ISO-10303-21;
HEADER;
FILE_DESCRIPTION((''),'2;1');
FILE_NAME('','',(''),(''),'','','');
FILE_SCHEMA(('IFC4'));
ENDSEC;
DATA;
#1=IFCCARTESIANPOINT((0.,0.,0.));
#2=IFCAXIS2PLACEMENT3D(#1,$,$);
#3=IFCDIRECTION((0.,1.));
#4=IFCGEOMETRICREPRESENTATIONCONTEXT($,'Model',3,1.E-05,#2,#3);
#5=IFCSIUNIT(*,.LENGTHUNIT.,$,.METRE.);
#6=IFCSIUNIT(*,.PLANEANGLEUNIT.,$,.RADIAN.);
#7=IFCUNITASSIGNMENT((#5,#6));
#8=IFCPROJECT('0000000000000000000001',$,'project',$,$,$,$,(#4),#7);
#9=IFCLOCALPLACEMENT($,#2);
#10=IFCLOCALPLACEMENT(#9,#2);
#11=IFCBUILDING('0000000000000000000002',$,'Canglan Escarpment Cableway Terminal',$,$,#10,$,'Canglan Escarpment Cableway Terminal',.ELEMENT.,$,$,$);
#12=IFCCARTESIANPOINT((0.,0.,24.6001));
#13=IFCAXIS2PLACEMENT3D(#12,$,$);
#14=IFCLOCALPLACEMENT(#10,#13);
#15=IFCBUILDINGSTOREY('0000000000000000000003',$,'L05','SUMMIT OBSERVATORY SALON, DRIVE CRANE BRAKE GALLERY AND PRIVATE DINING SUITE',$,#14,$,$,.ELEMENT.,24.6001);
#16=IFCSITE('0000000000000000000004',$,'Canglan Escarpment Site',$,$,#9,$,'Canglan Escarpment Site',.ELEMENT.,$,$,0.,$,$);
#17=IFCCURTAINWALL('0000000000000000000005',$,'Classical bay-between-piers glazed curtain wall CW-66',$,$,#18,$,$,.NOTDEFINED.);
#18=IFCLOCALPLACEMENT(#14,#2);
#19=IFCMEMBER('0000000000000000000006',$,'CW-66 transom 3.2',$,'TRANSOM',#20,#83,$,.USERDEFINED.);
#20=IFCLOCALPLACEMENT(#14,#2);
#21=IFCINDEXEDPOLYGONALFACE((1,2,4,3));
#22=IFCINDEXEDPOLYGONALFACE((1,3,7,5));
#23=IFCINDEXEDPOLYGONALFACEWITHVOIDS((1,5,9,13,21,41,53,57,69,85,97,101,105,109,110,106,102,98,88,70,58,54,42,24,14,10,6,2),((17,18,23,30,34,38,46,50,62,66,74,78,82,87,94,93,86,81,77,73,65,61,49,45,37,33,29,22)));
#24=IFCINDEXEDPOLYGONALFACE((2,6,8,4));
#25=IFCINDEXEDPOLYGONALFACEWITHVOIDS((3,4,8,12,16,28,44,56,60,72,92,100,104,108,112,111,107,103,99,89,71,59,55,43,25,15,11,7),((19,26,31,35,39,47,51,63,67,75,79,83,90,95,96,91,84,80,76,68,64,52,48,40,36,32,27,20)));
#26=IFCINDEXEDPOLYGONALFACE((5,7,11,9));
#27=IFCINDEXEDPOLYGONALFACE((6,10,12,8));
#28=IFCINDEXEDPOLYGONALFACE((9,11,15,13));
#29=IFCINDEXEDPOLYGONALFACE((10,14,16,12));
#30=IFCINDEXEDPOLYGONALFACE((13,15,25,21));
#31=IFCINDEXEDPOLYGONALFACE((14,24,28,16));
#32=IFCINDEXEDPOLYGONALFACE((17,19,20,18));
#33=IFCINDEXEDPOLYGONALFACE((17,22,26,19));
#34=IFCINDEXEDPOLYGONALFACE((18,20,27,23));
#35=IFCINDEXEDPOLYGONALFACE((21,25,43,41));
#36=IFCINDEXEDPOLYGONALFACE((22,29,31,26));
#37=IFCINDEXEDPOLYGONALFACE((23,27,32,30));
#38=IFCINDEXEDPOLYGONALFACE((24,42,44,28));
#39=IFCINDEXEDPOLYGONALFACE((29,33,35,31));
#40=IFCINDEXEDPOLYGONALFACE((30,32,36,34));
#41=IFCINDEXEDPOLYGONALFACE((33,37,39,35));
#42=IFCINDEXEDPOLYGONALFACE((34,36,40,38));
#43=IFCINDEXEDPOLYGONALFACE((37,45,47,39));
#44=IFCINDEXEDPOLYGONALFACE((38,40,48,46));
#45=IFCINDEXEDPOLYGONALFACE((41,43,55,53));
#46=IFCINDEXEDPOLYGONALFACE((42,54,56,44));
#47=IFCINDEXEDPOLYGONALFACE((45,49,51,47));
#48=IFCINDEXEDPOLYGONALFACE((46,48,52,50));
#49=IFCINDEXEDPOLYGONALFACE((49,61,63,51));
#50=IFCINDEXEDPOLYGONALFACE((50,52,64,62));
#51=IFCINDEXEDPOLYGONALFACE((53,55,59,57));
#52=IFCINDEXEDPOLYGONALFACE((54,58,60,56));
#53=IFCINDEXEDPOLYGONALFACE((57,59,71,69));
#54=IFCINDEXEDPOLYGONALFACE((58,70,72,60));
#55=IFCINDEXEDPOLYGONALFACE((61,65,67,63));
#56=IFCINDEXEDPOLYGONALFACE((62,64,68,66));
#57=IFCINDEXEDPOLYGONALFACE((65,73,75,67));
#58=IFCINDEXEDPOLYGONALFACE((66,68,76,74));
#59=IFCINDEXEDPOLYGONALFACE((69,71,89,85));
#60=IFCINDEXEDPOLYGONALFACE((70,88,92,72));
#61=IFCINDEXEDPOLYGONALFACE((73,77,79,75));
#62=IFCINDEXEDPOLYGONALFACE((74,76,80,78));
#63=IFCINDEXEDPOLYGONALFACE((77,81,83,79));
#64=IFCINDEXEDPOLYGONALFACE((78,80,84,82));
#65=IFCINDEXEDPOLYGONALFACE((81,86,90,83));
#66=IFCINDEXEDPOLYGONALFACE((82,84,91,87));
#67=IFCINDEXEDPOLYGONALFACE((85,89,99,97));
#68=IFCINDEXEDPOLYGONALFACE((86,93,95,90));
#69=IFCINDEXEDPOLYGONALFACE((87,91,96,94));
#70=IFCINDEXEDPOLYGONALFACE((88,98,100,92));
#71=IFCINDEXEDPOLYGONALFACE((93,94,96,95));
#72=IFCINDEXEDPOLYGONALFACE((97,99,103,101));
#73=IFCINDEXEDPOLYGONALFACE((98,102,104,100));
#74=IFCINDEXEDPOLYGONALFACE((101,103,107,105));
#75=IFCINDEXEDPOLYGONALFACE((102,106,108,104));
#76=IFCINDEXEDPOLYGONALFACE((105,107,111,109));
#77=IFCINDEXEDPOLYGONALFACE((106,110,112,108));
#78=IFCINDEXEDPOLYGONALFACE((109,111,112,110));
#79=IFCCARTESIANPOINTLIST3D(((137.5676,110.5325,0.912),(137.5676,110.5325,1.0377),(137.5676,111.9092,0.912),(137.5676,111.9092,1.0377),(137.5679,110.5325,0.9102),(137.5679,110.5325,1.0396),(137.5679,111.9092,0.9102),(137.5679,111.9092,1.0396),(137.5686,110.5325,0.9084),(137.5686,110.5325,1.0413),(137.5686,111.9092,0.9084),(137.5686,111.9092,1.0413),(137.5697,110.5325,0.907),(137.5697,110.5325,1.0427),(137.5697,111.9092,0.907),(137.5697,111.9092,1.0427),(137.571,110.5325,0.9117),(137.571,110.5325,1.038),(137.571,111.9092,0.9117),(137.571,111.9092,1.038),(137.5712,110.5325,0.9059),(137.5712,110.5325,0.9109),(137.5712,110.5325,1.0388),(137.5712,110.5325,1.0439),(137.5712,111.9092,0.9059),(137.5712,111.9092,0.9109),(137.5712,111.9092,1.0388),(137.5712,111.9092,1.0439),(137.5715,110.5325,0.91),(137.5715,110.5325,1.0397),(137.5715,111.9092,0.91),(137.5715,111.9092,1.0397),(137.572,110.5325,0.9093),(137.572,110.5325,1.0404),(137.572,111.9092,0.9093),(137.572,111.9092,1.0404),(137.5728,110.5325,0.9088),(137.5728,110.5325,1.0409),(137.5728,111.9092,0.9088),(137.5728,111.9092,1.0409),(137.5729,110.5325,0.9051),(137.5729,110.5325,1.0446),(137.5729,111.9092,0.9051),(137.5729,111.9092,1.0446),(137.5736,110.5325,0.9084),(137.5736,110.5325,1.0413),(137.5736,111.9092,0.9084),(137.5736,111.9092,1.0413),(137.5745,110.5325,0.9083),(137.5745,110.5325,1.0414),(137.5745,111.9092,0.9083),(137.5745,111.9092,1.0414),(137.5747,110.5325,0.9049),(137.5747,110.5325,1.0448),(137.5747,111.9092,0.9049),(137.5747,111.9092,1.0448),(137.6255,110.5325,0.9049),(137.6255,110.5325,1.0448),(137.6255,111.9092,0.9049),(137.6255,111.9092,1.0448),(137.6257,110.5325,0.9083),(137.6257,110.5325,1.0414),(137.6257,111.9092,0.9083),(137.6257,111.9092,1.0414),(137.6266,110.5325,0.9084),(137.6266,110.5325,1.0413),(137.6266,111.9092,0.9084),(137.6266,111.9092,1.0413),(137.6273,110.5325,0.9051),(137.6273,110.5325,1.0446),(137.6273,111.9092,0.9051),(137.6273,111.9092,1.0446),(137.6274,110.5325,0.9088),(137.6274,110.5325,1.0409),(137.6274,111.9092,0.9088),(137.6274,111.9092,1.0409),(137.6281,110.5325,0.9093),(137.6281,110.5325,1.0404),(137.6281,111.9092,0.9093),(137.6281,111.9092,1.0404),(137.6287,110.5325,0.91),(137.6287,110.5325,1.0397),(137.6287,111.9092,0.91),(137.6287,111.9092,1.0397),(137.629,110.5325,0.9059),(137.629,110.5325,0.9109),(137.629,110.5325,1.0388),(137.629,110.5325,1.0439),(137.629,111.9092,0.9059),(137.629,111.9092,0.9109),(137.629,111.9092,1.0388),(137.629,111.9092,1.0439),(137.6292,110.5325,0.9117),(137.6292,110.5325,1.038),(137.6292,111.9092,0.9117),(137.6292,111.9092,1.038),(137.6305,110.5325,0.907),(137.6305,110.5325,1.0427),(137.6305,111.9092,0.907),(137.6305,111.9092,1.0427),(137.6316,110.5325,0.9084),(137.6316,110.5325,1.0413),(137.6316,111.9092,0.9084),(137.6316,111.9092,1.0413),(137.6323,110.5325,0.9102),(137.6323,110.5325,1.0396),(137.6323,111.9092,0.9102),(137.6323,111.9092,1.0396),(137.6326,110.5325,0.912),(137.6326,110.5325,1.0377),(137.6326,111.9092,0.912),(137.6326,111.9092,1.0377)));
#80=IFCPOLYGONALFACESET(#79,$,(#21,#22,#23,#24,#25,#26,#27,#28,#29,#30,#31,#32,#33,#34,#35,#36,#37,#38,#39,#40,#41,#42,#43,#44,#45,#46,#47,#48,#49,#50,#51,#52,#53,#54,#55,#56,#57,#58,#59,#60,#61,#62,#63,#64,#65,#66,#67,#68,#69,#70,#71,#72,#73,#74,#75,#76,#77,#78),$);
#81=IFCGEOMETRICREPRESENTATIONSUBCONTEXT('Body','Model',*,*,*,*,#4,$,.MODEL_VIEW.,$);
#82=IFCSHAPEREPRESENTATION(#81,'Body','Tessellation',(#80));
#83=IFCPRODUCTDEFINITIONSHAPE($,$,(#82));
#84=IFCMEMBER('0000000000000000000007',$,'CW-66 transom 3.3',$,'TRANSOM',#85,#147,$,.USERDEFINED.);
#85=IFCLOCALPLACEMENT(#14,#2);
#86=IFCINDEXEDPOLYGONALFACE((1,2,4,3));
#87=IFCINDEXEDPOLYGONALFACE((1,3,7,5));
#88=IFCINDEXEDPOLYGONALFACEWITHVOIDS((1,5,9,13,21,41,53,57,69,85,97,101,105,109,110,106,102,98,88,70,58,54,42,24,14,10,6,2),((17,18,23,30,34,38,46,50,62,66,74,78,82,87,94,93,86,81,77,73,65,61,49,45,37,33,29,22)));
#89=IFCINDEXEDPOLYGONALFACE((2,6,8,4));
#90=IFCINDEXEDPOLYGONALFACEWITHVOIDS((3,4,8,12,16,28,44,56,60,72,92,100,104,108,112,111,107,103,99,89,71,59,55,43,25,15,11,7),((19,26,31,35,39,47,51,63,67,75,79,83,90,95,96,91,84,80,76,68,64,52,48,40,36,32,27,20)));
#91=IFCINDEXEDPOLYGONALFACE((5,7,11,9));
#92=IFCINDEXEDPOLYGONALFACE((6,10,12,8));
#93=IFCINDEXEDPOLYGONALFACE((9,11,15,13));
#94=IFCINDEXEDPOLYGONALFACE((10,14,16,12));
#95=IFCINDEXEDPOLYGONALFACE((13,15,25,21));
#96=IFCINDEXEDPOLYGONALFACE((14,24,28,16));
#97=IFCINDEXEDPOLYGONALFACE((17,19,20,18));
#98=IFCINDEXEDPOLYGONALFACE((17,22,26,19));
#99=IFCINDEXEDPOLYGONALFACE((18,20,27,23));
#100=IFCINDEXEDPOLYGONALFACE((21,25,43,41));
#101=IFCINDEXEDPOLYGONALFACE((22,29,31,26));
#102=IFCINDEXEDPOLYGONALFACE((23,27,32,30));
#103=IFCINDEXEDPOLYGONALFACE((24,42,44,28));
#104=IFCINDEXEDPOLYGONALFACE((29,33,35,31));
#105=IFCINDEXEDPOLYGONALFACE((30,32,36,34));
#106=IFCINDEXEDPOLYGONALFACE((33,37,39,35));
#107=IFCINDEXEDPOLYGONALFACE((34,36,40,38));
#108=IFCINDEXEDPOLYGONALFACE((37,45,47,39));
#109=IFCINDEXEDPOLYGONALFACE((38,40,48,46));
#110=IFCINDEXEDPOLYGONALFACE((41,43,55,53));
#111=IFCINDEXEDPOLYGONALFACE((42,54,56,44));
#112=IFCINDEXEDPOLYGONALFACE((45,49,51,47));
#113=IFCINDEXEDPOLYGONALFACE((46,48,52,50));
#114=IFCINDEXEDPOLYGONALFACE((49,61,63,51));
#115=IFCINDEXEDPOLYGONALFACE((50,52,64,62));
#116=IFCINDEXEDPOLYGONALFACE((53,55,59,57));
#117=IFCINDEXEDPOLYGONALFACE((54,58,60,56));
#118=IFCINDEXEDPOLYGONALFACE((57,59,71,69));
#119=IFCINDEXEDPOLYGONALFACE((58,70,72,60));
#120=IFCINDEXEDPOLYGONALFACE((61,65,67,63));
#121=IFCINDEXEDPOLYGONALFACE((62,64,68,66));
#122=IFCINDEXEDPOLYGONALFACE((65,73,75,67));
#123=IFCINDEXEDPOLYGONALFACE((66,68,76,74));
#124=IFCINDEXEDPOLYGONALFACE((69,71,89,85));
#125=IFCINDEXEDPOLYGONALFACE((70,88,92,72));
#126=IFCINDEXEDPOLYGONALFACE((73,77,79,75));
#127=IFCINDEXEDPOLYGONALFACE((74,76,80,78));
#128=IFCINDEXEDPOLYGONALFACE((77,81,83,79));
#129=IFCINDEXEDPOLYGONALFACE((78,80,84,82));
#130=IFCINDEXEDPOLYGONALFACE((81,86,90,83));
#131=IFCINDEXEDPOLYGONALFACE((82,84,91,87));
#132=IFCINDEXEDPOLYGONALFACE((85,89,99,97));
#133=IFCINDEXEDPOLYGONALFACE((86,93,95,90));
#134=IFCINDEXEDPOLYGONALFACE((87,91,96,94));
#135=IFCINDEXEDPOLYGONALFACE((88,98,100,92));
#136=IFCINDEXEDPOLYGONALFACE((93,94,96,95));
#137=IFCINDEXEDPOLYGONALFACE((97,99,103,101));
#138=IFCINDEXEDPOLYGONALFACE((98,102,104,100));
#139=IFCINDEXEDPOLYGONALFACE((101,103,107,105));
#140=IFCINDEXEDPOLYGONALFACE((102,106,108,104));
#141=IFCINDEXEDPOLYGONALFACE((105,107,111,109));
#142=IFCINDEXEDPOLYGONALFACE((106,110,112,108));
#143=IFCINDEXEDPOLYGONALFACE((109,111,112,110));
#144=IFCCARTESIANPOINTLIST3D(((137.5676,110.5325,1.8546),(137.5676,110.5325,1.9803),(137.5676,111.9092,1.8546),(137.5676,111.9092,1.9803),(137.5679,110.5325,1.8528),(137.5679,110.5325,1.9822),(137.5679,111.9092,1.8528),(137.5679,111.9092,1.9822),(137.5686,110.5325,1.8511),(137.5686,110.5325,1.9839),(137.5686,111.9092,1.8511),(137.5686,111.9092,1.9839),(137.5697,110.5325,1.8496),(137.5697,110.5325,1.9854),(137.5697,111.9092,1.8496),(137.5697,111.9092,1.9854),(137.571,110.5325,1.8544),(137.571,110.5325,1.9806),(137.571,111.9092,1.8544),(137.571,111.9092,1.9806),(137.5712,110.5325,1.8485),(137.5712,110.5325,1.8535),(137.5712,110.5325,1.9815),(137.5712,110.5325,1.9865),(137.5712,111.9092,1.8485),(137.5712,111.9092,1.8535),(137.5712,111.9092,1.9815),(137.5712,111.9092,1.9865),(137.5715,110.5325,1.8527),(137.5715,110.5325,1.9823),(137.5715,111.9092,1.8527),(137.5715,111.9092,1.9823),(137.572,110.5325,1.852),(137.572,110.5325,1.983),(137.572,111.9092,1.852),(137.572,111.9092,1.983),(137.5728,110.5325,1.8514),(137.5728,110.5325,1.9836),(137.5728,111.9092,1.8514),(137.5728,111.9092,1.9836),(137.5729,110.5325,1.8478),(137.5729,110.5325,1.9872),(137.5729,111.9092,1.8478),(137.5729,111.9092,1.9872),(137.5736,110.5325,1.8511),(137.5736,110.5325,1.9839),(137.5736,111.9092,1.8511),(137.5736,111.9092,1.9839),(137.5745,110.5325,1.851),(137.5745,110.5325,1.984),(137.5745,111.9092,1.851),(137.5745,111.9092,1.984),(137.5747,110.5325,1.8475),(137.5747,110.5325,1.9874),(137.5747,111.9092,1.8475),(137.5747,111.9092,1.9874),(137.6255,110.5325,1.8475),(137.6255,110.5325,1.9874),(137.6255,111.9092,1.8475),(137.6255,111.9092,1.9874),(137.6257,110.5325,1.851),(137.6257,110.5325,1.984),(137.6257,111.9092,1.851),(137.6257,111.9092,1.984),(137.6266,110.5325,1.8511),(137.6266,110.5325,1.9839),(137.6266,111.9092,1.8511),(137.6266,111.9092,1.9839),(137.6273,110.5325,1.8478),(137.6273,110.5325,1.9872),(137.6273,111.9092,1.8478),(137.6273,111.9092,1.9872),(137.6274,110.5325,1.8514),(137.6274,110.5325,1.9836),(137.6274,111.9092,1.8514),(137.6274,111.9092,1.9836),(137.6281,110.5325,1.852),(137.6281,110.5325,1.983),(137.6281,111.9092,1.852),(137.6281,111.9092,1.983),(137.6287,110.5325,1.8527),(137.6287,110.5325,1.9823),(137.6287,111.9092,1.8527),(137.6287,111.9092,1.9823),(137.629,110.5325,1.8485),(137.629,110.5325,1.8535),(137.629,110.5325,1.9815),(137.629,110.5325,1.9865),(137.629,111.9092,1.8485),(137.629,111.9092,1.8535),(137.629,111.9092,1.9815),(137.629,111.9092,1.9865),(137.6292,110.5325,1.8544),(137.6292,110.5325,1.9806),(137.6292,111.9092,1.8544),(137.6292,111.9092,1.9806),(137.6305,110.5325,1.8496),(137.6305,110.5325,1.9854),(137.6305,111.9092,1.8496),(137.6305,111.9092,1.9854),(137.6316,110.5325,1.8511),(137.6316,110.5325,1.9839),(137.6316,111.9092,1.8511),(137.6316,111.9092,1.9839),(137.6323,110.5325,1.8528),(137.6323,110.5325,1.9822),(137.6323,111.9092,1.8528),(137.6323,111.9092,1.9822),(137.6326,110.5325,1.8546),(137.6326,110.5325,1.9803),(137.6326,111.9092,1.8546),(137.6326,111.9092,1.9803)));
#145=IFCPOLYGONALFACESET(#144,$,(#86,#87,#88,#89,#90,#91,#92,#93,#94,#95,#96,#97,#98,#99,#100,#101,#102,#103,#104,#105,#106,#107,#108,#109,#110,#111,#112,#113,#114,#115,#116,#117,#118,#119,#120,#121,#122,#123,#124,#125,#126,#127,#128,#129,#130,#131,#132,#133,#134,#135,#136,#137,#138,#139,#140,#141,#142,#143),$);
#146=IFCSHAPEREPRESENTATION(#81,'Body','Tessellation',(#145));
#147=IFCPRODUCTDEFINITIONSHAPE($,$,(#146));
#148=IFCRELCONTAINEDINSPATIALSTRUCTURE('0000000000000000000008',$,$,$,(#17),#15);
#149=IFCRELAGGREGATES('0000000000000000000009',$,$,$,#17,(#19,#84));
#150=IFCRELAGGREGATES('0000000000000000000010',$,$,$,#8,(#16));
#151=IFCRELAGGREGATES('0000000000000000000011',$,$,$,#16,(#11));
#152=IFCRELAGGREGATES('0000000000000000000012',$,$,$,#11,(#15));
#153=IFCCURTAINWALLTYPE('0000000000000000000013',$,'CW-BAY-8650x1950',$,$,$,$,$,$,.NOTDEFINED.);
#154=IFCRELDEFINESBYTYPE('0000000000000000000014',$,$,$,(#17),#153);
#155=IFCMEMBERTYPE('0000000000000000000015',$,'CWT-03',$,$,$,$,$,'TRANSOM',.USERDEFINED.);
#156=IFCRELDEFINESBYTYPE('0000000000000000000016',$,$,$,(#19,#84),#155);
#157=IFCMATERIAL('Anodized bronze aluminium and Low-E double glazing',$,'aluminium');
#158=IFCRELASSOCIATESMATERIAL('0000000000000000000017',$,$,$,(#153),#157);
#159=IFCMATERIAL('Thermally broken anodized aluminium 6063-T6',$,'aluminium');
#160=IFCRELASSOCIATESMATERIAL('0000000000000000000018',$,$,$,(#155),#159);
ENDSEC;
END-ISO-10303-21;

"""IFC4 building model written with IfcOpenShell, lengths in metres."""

from ifc_helpers import new_model, si_unit, direction, frame, origin, origin_2d, place, context, subcontext, project, spatial, hollow_rectangle, extrude, material, material_profile, profile_set, type_object, element, aggregate, save


model = new_model("IFC4")

# Units and contexts
model_context = context("Model", 3, precision=1e-05, world=origin(), true_north=direction((0.0, 1.0)))
body_context = subcontext(model_context, "Body", "Model", "MODEL_VIEW")
ifc_project = project(units=[si_unit("LENGTHUNIT", "METRE"), si_unit("PLANEANGLEUNIT", "RADIAN")], contexts=[model_context])

# Site, building, storey
site_placement = place(None, origin())
site = spatial("IfcSite", under=ifc_project, at=site_placement, Name="Canglan Escarpment Site", LongName="Canglan Escarpment Site", CompositionType="ELEMENT", RefElevation=0.0)
building_placement = place(site_placement, origin())
building = spatial("IfcBuilding", under=site, at=building_placement, Name="Canglan Escarpment Cableway Terminal", LongName="Canglan Escarpment Cableway Terminal", CompositionType="ELEMENT")
storey_placement = place(building_placement, frame((0.0, 0.0, 24.6001)))
storey = spatial("IfcBuildingStorey", under=building, at=storey_placement, Name="L05", Description="SUMMIT OBSERVATORY SALON, DRIVE CRANE BRAKE GALLERY AND PRIVATE DINING SUITE", CompositionType="ELEMENT", Elevation=24.6001)

# Curtain wall, members
ifc_material_1 = material(Name="Anodized bronze aluminium and Low-E double glazing", Category="aluminium")
curtain_wall_type = type_object("IfcCurtainWallType", Name="CW-BAY-8650x1950", PredefinedType="NOTDEFINED", material=ifc_material_1)
curtain_wall_placement = place(storey_placement, origin())
curtain_wall = element("IfcCurtainWall", 1, at=curtain_wall_placement, inside=storey, type_object=curtain_wall_type, Name="Classical bay-between-piers glazed curtain wall CW-66", PredefinedType="NOTDEFINED")
ifc_material_2 = material(Name="Thermally broken anodized aluminium 6063-T6", Category="aluminium")
ifc_material_profile_1 = material_profile(ifc_material_2, hollow_rectangle(XDim=0.0649, YDim=0.1399, WallThickness=0.0034, InnerFilletRadius=0.0034, OuterFilletRadius=0.0071, at=origin_2d()), Name="ALU-TRAN 65x140x3.5")
ifc_profile_set_1 = profile_set([ifc_material_profile_1], Name="Thermally broken anodized aluminium 6063-T6")
member_type_1 = type_object("IfcMemberType", Name="CWT-03", ElementType="TRANSOM", PredefinedType="USERDEFINED", material=ifc_profile_set_1)
member_1_placement = place(storey_placement, frame((137.6001, 111.9092, 0.9749), z_axis=(0.0, -1.0, 0.0), x_axis=(1.0, 0.0, 0.0)))
member_1 = element("IfcMember", 2, at=member_1_placement, type_object=member_type_1, Name="CW-66 transom 3.2", ObjectType="TRANSOM", PredefinedType="USERDEFINED", context=body_context, shape_type="SweptSolid", body=[
    extrude(hollow_rectangle(XDim=0.0649, YDim=0.1399, WallThickness=0.0034, InnerFilletRadius=0.0034, OuterFilletRadius=0.0071, at=origin_2d()), origin(), (0.0, 0.0, 1.0), 1.3767),
])
member_2_placement = place(storey_placement, frame((137.6001, 111.9092, 1.9175), z_axis=(0.0, -1.0, 0.0), x_axis=(1.0, 0.0, 0.0)))
member_2 = element("IfcMember", 3, at=member_2_placement, type_object=member_type_1, Name="CW-66 transom 3.3", ObjectType="TRANSOM", PredefinedType="USERDEFINED", context=body_context, shape_type="SweptSolid", body=[
    extrude(hollow_rectangle(XDim=0.0649, YDim=0.1399, WallThickness=0.0034, InnerFilletRadius=0.0034, OuterFilletRadius=0.0071, at=origin_2d()), origin(), (0.0, 0.0, 1.0), 1.3767),
])

aggregate(curtain_wall, [member_1, member_2])

save(model, "model.ifc")
